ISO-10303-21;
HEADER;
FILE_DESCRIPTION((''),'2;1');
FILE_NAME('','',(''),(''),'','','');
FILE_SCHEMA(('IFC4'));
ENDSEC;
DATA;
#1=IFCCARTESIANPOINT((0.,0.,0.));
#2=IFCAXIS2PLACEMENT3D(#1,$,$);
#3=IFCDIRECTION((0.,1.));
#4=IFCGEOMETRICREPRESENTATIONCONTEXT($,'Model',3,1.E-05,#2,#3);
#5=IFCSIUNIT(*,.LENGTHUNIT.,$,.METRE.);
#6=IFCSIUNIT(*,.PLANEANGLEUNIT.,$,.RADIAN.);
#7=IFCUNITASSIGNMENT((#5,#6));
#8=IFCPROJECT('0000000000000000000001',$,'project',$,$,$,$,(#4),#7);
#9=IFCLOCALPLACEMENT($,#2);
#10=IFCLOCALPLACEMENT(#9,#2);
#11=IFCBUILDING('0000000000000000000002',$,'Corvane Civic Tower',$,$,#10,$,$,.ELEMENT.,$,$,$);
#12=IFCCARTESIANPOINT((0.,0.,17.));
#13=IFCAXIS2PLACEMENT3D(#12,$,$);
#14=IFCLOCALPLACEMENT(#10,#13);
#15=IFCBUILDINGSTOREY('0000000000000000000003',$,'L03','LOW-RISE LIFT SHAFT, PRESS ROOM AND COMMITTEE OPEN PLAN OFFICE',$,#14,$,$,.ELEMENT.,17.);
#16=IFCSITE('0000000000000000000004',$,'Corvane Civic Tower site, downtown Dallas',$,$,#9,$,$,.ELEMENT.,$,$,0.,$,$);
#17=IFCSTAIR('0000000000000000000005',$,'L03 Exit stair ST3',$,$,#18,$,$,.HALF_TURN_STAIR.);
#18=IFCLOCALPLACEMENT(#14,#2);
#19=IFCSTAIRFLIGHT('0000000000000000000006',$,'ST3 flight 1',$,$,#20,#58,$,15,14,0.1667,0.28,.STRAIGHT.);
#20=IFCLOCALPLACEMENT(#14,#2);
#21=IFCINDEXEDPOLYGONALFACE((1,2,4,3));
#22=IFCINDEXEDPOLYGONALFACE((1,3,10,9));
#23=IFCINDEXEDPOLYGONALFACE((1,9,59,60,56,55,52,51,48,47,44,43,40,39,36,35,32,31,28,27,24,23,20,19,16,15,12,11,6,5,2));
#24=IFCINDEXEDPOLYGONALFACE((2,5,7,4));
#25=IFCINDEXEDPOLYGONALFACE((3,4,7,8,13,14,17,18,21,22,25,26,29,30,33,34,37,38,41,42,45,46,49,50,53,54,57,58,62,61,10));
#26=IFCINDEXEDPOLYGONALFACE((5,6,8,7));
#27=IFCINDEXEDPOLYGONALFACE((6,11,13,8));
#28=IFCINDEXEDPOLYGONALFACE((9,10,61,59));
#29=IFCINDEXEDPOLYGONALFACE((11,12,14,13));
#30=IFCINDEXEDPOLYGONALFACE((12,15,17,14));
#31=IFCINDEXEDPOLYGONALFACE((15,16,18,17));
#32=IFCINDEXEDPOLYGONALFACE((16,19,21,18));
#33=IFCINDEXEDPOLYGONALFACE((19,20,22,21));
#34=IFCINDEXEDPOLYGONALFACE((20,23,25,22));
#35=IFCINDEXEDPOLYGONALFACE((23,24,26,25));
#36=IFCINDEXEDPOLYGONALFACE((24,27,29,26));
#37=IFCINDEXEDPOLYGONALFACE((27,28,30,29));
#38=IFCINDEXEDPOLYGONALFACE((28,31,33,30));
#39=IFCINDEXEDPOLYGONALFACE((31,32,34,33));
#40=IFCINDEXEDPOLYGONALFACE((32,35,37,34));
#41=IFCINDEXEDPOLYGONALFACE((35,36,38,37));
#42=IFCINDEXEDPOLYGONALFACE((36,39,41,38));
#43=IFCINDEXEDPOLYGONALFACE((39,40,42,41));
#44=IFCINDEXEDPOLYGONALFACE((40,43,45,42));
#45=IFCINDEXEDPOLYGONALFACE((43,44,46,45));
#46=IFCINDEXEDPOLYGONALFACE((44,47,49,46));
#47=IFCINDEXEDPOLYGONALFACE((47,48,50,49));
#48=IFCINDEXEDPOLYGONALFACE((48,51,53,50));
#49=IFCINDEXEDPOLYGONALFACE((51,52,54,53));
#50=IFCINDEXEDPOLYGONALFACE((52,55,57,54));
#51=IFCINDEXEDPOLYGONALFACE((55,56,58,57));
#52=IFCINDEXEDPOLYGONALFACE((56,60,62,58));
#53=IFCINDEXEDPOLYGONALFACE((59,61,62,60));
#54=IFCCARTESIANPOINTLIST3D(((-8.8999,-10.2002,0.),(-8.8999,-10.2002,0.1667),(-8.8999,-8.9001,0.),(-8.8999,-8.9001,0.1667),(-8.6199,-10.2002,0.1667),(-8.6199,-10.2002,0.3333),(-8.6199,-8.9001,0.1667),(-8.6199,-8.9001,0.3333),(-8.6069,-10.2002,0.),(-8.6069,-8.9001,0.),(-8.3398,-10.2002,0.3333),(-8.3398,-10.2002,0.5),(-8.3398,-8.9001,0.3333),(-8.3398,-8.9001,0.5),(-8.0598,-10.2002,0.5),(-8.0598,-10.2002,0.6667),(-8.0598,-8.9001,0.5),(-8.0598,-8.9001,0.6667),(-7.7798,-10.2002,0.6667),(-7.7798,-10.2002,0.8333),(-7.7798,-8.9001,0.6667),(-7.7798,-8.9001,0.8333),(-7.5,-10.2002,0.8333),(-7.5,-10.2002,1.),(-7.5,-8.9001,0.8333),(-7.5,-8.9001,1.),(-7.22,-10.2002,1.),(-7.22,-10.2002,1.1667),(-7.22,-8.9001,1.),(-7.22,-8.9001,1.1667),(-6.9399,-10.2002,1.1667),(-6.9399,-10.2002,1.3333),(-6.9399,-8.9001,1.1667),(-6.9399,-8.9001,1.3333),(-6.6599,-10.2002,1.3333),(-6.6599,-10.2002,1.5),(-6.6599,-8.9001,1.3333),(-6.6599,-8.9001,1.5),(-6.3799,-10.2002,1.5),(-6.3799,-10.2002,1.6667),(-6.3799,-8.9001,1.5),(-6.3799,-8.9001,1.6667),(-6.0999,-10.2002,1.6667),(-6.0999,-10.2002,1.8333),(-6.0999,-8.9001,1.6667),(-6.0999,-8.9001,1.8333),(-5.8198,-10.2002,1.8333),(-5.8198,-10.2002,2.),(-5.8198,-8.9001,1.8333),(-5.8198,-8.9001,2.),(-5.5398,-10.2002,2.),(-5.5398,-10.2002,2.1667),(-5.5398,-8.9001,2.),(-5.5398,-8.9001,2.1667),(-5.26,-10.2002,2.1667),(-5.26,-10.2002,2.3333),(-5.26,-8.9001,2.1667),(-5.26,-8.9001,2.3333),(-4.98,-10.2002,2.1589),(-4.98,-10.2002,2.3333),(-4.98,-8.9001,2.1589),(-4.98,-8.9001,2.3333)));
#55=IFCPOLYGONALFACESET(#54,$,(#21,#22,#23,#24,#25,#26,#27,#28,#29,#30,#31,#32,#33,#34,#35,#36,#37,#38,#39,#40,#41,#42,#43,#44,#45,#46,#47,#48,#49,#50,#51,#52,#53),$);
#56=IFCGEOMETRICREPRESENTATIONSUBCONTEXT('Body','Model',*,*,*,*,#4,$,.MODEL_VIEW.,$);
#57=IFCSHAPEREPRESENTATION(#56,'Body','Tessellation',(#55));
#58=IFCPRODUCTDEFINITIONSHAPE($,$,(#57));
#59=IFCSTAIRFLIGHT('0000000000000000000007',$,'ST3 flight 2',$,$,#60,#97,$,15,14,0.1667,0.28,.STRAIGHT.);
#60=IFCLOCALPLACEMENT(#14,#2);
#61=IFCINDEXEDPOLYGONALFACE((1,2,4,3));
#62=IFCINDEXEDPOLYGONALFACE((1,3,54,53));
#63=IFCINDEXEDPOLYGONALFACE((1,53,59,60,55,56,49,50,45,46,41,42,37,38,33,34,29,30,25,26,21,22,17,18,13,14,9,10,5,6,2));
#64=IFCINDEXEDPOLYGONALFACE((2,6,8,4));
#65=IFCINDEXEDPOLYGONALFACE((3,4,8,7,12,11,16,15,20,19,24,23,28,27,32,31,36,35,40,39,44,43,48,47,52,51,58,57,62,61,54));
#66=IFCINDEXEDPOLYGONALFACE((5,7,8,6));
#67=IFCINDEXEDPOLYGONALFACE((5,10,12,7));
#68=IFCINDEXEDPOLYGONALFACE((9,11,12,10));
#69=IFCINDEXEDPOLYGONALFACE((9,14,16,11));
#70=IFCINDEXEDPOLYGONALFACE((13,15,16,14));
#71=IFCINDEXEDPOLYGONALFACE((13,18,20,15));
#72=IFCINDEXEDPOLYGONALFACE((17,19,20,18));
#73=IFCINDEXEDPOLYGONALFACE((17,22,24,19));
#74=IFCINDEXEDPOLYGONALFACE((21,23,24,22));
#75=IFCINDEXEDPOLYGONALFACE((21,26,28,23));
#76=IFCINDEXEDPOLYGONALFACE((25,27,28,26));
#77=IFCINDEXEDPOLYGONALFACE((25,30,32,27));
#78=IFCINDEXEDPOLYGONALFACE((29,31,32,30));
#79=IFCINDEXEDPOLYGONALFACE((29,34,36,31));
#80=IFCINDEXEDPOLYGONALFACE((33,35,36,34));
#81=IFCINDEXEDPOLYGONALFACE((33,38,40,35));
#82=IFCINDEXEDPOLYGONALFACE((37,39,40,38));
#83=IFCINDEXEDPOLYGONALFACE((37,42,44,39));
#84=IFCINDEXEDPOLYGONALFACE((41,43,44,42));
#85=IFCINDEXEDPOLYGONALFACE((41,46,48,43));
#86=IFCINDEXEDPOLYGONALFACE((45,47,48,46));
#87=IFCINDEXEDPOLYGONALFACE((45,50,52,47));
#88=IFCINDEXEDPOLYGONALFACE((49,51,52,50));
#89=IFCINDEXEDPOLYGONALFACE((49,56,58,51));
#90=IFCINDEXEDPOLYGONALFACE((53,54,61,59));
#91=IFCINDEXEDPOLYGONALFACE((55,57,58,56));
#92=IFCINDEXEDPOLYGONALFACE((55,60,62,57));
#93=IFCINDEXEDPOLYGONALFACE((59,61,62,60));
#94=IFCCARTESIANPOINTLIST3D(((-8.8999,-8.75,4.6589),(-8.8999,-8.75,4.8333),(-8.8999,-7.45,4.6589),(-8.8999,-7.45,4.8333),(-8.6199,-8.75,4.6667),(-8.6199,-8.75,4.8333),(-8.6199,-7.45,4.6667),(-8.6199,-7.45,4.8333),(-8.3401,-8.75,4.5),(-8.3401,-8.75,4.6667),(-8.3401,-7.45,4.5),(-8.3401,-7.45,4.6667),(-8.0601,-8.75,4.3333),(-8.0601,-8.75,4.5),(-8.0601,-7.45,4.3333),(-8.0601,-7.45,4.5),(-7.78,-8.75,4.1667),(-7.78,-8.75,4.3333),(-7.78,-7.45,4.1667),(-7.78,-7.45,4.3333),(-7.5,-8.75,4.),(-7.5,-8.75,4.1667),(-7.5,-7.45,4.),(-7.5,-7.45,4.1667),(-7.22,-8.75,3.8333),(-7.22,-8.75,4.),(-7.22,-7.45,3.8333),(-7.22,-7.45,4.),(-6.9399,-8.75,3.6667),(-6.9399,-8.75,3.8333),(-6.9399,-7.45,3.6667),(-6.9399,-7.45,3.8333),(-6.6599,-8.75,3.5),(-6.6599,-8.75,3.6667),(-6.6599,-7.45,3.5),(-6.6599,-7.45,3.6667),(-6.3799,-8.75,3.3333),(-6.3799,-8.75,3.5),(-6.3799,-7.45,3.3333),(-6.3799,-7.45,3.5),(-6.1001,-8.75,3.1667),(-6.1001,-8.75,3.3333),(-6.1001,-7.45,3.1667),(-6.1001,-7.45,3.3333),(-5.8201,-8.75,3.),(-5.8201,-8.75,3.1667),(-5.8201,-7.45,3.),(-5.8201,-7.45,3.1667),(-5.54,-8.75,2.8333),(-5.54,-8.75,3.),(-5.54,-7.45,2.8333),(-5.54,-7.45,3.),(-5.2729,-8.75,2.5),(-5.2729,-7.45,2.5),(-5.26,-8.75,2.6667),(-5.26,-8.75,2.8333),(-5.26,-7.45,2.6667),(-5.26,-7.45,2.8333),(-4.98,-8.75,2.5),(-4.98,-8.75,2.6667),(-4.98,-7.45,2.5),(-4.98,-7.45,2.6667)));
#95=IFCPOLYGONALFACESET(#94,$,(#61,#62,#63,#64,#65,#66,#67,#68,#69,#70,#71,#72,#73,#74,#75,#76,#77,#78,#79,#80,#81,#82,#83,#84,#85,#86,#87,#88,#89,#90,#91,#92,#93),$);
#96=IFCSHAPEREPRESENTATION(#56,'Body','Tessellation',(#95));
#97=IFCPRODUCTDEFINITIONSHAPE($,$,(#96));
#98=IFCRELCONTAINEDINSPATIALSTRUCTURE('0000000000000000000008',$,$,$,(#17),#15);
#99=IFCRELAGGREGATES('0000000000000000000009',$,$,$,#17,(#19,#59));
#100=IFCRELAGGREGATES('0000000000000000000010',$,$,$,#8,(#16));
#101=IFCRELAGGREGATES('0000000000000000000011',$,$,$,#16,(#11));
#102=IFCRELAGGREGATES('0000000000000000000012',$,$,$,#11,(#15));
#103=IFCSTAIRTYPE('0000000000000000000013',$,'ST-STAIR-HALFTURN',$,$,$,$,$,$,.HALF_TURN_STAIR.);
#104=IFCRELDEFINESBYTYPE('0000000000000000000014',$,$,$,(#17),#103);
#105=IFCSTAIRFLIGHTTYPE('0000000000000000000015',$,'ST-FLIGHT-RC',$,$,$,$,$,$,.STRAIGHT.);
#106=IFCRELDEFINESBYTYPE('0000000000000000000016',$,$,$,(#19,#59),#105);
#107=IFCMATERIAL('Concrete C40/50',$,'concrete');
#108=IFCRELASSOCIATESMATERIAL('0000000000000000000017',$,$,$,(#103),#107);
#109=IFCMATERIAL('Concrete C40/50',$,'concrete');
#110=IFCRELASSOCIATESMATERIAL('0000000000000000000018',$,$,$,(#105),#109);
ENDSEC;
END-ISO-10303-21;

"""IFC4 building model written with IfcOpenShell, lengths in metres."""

from ifc_helpers import new_model, si_unit, direction, frame, origin, place, context, subcontext, project, spatial, polyline, outline, extrude, material, type_object, element, aggregate, save


model = new_model("IFC4")

# Units and contexts
model_context = context("Model", 3, precision=1e-05, world=origin(), true_north=direction((0.0, 1.0)))
body_context = subcontext(model_context, "Body", "Model", "MODEL_VIEW")
ifc_project = project(units=[si_unit("LENGTHUNIT", "METRE"), si_unit("PLANEANGLEUNIT", "RADIAN")], contexts=[model_context])

# Site, building, storey
site_placement = place(None, origin())
site = spatial("IfcSite", under=ifc_project, at=site_placement, Name="Corvane Civic Tower site, downtown Dallas", CompositionType="ELEMENT", RefElevation=0.0)
building_placement = place(site_placement, origin())
building = spatial("IfcBuilding", under=site, at=building_placement, Name="Corvane Civic Tower", CompositionType="ELEMENT")
storey_placement = place(building_placement, frame((0.0, 0.0, 17.0)))
storey = spatial("IfcBuildingStorey", under=building, at=storey_placement, Name="L03", Description="LOW-RISE LIFT SHAFT, PRESS ROOM AND COMMITTEE OPEN PLAN OFFICE", CompositionType="ELEMENT", Elevation=17.0)

# Stair, stair flights
ifc_material_1 = material(Name="Concrete C40/50", Category="concrete")
stair_type = type_object("IfcStairType", Name="ST-STAIR-HALFTURN", PredefinedType="HALF_TURN_STAIR", material=ifc_material_1)
stair_placement = place(storey_placement, origin())
stair = element("IfcStair", 1, at=stair_placement, inside=storey, type_object=stair_type, Name="L03 Exit stair ST3", PredefinedType="HALF_TURN_STAIR")
ifc_material_2 = material(Name="Concrete C40/50", Category="concrete")
stair_flight_type = type_object("IfcStairFlightType", Name="ST-FLIGHT-RC", PredefinedType="STRAIGHT", material=ifc_material_2)
stair_flight_1_placement = place(storey_placement, frame((-8.8999, -9.55, 0.0), z_axis=(0.0, 0.0, 1.0), x_axis=(1.0, 0.0, 0.0)))
stair_flight_1 = element("IfcStairFlight", 2, at=stair_flight_1_placement, type_object=stair_flight_type, Name="ST3 flight 1", NumberOfRisers=15, NumberOfTreads=14, PredefinedType="STRAIGHT", RiserHeight=0.1667, TreadLength=0.28, context=body_context, shape_type="SweptSolid", body=[
    extrude(outline(polyline([(0.0, 0.0), (0.0, 0.1667), (0.28, 0.1667), (0.28, 0.3333), (0.5601, 0.3333), (0.5601, 0.5), (0.8401, 0.5), (0.8401, 0.6667), (1.1201, 0.6667), (1.1201, 0.8333), (1.3999, 0.8333), (1.3999, 1.0), (1.6799, 1.0), (1.6799, 1.1667), (1.96, 1.1667), (1.96, 1.3333), (2.24, 1.3333), (2.24, 1.5), (2.52, 1.5), (2.52, 1.6667), (2.8, 1.6667), (2.8, 1.8333), (3.0801, 1.8333), (3.0801, 2.0), (3.3601, 2.0), (3.3601, 2.1667), (3.6399, 2.1667), (3.6399, 2.3333), (3.9199, 2.3333), (3.9199, 2.5), (3.9199, 2.1589), (0.293, 0.0), (0.0, 0.0)])), frame((0.0, 0.6499, 0.0), z_axis=(0.0, -1.0, 0.0), x_axis=(1.0, 0.0, 0.0)), (0.0, 0.0, 1.0), 1.3),
])
stair_flight_2_placement = place(storey_placement, frame((-4.98, -8.1001, 2.5), z_axis=(0.0, 0.0, 1.0), x_axis=(-1.0, 0.0, 0.0)))
stair_flight_2 = element("IfcStairFlight", 3, at=stair_flight_2_placement, type_object=stair_flight_type, Name="ST3 flight 2", NumberOfRisers=15, NumberOfTreads=14, PredefinedType="STRAIGHT", RiserHeight=0.1667, TreadLength=0.28, context=body_context, shape_type="SweptSolid", body=[
    extrude(outline(polyline([(0.0, 0.0), (0.0, 0.1667), (0.28, 0.1667), (0.28, 0.3333), (0.5601, 0.3333), (0.5601, 0.5), (0.8401, 0.5), (0.8401, 0.6667), (1.1201, 0.6667), (1.1201, 0.8333), (1.3999, 0.8333), (1.3999, 1.0), (1.6799, 1.0), (1.6799, 1.1667), (1.96, 1.1667), (1.96, 1.3333), (2.24, 1.3333), (2.24, 1.5), (2.52, 1.5), (2.52, 1.6667), (2.8, 1.6667), (2.8, 1.8333), (3.0801, 1.8333), (3.0801, 2.0), (3.3601, 2.0), (3.3601, 2.1667), (3.6399, 2.1667), (3.6399, 2.3333), (3.9199, 2.3333), (3.9199, 2.5), (3.9199, 2.1589), (0.293, 0.0), (0.0, 0.0)])), frame((0.0, 0.6499, 0.0), z_axis=(0.0, -1.0, 0.0), x_axis=(1.0, 0.0, 0.0)), (0.0, 0.0, 1.0), 1.3),
])
aggregate(stair, [stair_flight_1, stair_flight_2])

save(model, "model.ifc")
